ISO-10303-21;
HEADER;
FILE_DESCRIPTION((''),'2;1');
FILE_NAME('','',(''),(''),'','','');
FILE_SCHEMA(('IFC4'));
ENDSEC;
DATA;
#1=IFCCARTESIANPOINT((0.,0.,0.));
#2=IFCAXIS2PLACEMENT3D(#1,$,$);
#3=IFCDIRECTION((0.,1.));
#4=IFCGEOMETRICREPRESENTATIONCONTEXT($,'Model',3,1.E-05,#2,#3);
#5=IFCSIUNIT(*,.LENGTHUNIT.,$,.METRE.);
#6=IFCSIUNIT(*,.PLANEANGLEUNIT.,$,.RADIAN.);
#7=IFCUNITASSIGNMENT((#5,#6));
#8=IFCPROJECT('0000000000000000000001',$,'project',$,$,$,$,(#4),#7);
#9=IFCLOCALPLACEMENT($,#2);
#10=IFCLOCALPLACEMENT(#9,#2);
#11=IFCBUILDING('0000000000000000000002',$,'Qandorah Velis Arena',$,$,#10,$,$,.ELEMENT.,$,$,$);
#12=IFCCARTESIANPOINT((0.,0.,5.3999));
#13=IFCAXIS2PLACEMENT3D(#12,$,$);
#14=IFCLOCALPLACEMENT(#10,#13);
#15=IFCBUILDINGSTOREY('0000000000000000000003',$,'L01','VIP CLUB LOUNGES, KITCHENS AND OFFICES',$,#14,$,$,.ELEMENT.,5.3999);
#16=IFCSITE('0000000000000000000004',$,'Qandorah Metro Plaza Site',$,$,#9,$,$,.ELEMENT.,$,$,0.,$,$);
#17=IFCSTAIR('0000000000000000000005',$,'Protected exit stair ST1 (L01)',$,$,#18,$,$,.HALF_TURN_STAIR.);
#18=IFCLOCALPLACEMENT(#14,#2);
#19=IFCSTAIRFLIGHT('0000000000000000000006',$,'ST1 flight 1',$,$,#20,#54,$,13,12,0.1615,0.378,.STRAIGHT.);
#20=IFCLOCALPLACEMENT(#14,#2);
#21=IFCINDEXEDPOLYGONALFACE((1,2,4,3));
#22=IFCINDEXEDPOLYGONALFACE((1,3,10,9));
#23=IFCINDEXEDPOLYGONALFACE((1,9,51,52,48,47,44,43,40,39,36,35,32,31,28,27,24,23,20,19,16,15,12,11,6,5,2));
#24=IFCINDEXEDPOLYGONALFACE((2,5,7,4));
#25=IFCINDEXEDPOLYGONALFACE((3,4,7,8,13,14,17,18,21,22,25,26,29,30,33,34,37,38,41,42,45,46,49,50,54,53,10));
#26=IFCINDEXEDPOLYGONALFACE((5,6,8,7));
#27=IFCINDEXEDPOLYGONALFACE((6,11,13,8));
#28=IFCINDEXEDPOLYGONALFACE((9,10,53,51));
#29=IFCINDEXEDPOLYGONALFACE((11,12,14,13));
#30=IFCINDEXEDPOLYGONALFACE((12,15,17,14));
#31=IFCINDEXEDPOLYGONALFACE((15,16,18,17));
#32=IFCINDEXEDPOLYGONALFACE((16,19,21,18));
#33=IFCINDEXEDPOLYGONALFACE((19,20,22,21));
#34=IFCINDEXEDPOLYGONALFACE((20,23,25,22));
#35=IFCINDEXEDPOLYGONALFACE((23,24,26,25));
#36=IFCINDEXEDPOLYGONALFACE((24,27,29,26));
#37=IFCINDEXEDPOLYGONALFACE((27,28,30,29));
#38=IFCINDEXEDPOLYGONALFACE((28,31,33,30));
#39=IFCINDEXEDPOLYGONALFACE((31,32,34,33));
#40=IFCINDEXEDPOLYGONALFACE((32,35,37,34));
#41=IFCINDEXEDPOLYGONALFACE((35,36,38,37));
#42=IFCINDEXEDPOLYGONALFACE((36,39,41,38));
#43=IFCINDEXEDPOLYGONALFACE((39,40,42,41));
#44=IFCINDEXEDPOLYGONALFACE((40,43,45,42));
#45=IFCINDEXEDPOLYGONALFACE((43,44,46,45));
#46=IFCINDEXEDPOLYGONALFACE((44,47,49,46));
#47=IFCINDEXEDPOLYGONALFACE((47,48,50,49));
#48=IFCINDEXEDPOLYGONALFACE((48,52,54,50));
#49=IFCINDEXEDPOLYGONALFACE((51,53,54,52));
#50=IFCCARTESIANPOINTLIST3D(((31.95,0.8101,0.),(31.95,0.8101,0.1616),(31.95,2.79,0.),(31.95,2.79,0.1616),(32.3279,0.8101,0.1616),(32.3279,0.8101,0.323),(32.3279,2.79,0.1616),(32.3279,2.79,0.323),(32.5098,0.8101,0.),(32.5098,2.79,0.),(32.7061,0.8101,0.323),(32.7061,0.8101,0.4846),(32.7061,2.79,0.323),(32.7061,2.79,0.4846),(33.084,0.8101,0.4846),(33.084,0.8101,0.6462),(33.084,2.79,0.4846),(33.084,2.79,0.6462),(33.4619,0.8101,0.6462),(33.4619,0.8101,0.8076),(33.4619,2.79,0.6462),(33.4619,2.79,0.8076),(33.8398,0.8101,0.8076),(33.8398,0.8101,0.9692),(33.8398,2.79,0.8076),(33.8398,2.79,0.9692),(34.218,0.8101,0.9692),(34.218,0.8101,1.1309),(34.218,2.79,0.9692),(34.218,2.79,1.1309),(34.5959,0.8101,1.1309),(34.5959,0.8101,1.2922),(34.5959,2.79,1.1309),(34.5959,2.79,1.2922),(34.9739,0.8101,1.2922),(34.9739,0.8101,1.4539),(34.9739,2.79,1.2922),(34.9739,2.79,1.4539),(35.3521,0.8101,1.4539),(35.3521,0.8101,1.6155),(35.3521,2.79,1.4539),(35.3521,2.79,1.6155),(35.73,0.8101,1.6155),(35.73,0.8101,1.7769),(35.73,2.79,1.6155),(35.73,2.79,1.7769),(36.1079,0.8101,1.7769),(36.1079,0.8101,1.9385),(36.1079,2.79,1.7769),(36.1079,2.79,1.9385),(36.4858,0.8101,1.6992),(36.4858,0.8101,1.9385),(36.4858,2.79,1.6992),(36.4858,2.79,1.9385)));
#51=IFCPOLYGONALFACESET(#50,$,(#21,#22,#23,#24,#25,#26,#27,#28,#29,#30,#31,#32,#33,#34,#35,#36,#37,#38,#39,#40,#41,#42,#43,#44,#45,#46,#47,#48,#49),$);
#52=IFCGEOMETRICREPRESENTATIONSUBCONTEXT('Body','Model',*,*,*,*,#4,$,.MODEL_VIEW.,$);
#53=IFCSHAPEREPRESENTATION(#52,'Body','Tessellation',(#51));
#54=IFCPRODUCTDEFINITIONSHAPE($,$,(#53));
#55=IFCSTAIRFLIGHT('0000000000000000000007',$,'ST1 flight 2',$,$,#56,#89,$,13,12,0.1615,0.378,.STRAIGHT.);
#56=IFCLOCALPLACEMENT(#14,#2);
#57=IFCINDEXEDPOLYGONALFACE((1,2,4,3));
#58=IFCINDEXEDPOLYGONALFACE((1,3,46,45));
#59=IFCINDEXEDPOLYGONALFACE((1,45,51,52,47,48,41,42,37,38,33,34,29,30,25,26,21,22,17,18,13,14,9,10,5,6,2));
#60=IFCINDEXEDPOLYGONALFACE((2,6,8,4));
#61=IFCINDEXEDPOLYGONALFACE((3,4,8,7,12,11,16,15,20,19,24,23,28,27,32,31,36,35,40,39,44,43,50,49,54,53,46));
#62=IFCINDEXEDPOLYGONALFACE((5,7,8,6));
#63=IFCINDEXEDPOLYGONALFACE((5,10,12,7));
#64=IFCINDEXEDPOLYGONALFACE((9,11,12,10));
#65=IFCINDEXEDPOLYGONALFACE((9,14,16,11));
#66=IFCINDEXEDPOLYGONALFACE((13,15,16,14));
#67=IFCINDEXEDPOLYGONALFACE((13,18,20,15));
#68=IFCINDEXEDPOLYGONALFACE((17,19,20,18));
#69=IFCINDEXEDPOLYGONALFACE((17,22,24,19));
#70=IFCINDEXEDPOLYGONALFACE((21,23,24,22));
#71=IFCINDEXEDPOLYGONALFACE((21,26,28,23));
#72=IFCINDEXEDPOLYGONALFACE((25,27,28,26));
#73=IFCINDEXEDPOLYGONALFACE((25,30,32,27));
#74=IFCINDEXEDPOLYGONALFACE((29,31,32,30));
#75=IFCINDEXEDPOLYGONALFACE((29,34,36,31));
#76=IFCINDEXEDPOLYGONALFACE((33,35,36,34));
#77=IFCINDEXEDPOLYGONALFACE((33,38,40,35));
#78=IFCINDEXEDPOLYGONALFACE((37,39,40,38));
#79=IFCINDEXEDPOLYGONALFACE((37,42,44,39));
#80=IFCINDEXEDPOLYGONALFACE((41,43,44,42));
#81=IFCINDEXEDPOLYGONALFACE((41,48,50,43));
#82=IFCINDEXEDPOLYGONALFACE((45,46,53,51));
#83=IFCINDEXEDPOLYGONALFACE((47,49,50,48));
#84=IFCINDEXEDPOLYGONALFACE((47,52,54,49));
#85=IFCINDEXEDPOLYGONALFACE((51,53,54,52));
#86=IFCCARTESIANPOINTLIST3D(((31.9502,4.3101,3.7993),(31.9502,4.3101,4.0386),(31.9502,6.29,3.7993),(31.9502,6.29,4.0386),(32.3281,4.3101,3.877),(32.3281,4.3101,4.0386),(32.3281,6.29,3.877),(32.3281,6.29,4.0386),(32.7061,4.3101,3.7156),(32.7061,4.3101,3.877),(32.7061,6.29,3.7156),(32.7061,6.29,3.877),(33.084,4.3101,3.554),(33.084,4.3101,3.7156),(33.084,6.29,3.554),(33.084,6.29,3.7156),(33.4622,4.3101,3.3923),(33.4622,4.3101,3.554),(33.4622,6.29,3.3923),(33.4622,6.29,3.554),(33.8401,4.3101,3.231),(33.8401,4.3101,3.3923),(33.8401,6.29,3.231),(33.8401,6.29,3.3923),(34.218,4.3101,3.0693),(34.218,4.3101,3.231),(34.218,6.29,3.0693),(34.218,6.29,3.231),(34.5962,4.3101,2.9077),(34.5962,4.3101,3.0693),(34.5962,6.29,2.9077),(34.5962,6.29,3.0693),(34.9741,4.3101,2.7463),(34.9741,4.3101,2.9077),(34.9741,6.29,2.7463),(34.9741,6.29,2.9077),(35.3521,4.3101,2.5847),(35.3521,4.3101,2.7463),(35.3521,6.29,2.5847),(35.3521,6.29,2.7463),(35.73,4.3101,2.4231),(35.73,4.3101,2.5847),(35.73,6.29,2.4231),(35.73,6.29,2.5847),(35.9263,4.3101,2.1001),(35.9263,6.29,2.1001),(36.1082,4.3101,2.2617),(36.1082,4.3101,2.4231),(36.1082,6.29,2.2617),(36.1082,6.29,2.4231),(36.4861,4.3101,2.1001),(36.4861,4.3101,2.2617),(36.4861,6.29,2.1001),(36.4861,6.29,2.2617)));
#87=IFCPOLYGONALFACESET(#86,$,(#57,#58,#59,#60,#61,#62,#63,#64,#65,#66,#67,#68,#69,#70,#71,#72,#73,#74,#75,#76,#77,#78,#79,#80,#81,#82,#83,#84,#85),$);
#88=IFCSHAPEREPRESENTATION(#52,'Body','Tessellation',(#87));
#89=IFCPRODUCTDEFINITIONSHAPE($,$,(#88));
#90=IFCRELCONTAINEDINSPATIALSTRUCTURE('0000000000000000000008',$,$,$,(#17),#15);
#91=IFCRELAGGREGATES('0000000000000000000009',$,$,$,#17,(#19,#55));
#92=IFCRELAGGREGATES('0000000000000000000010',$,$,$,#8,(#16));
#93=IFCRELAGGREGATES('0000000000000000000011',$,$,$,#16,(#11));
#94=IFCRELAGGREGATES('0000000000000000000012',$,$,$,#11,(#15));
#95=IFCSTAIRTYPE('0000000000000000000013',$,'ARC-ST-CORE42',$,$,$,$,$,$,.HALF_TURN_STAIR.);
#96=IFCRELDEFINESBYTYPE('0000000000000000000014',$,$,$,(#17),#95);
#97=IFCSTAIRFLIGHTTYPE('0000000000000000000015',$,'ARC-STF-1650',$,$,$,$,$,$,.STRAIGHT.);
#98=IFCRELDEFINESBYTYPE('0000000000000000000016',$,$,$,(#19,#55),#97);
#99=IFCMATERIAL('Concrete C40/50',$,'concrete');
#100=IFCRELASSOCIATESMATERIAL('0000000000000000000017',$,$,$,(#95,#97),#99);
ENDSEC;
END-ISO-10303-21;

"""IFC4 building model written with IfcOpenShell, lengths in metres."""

from ifc_helpers import new_model, si_unit, direction, frame, origin, place, context, subcontext, project, spatial, polyline, outline, extrude, material, type_object, element, aggregate, save


model = new_model("IFC4")

# Units and contexts
model_context = context("Model", 3, precision=1e-05, world=origin(), true_north=direction((0.0, 1.0)))
body_context = subcontext(model_context, "Body", "Model", "MODEL_VIEW")
ifc_project = project(units=[si_unit("LENGTHUNIT", "METRE"), si_unit("PLANEANGLEUNIT", "RADIAN")], contexts=[model_context])

# Site, building, storey
site_placement = place(None, origin())
site = spatial("IfcSite", under=ifc_project, at=site_placement, Name="Qandorah Metro Plaza Site", CompositionType="ELEMENT", RefElevation=0.0)
building_placement = place(site_placement, origin())
building = spatial("IfcBuilding", under=site, at=building_placement, Name="Qandorah Velis Arena", CompositionType="ELEMENT")
storey_placement = place(building_placement, frame((0.0, 0.0, 5.3999)))
storey = spatial("IfcBuildingStorey", under=building, at=storey_placement, Name="L01", Description="VIP CLUB LOUNGES, KITCHENS AND OFFICES", CompositionType="ELEMENT", Elevation=5.3999)

# Shared definitions
ifc_material_1 = material(Name="Concrete C40/50", Category="concrete")

# Stair, stair flights
stair_type = type_object("IfcStairType", Name="ARC-ST-CORE42", PredefinedType="HALF_TURN_STAIR", material=ifc_material_1)
stair_placement = place(storey_placement, origin())
stair = element("IfcStair", 1, at=stair_placement, inside=storey, type_object=stair_type, Name="Protected exit stair ST1 (L01)", PredefinedType="HALF_TURN_STAIR")
stair_flight_type = type_object("IfcStairFlightType", Name="ARC-STF-1650", PredefinedType="STRAIGHT", material=ifc_material_1)
stair_flight_1_placement = place(storey_placement, frame((31.95, 1.8, 0.0), z_axis=(0.0, 0.0, 1.0), x_axis=(1.0, 0.0, 0.0)))
stair_flight_1 = element("IfcStairFlight", 2, at=stair_flight_1_placement, type_object=stair_flight_type, Name="ST1 flight 1", NumberOfRisers=13, NumberOfTreads=12, PredefinedType="STRAIGHT", RiserHeight=0.1615, TreadLength=0.378, context=body_context, shape_type="SweptSolid", body=[
    extrude(outline(polyline([(0.0, 0.0), (0.0, 0.1616), (0.3779, 0.1616), (0.3779, 0.323), (0.7561, 0.323), (0.7561, 0.4846), (1.134, 0.4846), (1.134, 0.6462), (1.512, 0.6462), (1.512, 0.8076), (1.8899, 0.8076), (1.8899, 0.9692), (2.2681, 0.9692), (2.2681, 1.1309), (2.646, 1.1309), (2.646, 1.2922), (3.0239, 1.2922), (3.0239, 1.4539), (3.4021, 1.4539), (3.4021, 1.6155), (3.78, 1.6155), (3.78, 1.7769), (4.158, 1.7769), (4.158, 1.9385), (4.5359, 1.9385), (4.5359, 2.1001), (4.5359, 1.6992), (0.5598, 0.0), (0.0, 0.0)])), frame((0.0, 0.99, 0.0), z_axis=(0.0, -1.0, 0.0), x_axis=(1.0, 0.0, 0.0)), (0.0, 0.0, 1.0), 1.98),
])
stair_flight_2_placement = place(storey_placement, frame((36.4861, 5.3, 2.1001), z_axis=(0.0, 0.0, 1.0), x_axis=(-1.0, 0.0, 0.0)))
stair_flight_2 = element("IfcStairFlight", 3, at=stair_flight_2_placement, type_object=stair_flight_type, Name="ST1 flight 2", NumberOfRisers=13, NumberOfTreads=12, PredefinedType="STRAIGHT", RiserHeight=0.1615, TreadLength=0.378, context=body_context, shape_type="SweptSolid", body=[
    extrude(outline(polyline([(0.0, 0.0), (0.0, 0.1616), (0.3779, 0.1616), (0.3779, 0.323), (0.7561, 0.323), (0.7561, 0.4846), (1.134, 0.4846), (1.134, 0.6462), (1.512, 0.6462), (1.512, 0.8076), (1.8899, 0.8076), (1.8899, 0.9692), (2.2681, 0.9692), (2.2681, 1.1309), (2.646, 1.1309), (2.646, 1.2922), (3.0239, 1.2922), (3.0239, 1.4539), (3.4021, 1.4539), (3.4021, 1.6155), (3.78, 1.6155), (3.78, 1.7769), (4.158, 1.7769), (4.158, 1.9385), (4.5359, 1.9385), (4.5359, 2.1001), (4.5359, 1.6992), (0.5598, 0.0), (0.0, 0.0)])), frame((0.0, 0.99, 0.0), z_axis=(0.0, -1.0, 0.0), x_axis=(1.0, 0.0, 0.0)), (0.0, 0.0, 1.0), 1.98),
])
aggregate(stair, [stair_flight_1, stair_flight_2])

save(model, "model.ifc")
